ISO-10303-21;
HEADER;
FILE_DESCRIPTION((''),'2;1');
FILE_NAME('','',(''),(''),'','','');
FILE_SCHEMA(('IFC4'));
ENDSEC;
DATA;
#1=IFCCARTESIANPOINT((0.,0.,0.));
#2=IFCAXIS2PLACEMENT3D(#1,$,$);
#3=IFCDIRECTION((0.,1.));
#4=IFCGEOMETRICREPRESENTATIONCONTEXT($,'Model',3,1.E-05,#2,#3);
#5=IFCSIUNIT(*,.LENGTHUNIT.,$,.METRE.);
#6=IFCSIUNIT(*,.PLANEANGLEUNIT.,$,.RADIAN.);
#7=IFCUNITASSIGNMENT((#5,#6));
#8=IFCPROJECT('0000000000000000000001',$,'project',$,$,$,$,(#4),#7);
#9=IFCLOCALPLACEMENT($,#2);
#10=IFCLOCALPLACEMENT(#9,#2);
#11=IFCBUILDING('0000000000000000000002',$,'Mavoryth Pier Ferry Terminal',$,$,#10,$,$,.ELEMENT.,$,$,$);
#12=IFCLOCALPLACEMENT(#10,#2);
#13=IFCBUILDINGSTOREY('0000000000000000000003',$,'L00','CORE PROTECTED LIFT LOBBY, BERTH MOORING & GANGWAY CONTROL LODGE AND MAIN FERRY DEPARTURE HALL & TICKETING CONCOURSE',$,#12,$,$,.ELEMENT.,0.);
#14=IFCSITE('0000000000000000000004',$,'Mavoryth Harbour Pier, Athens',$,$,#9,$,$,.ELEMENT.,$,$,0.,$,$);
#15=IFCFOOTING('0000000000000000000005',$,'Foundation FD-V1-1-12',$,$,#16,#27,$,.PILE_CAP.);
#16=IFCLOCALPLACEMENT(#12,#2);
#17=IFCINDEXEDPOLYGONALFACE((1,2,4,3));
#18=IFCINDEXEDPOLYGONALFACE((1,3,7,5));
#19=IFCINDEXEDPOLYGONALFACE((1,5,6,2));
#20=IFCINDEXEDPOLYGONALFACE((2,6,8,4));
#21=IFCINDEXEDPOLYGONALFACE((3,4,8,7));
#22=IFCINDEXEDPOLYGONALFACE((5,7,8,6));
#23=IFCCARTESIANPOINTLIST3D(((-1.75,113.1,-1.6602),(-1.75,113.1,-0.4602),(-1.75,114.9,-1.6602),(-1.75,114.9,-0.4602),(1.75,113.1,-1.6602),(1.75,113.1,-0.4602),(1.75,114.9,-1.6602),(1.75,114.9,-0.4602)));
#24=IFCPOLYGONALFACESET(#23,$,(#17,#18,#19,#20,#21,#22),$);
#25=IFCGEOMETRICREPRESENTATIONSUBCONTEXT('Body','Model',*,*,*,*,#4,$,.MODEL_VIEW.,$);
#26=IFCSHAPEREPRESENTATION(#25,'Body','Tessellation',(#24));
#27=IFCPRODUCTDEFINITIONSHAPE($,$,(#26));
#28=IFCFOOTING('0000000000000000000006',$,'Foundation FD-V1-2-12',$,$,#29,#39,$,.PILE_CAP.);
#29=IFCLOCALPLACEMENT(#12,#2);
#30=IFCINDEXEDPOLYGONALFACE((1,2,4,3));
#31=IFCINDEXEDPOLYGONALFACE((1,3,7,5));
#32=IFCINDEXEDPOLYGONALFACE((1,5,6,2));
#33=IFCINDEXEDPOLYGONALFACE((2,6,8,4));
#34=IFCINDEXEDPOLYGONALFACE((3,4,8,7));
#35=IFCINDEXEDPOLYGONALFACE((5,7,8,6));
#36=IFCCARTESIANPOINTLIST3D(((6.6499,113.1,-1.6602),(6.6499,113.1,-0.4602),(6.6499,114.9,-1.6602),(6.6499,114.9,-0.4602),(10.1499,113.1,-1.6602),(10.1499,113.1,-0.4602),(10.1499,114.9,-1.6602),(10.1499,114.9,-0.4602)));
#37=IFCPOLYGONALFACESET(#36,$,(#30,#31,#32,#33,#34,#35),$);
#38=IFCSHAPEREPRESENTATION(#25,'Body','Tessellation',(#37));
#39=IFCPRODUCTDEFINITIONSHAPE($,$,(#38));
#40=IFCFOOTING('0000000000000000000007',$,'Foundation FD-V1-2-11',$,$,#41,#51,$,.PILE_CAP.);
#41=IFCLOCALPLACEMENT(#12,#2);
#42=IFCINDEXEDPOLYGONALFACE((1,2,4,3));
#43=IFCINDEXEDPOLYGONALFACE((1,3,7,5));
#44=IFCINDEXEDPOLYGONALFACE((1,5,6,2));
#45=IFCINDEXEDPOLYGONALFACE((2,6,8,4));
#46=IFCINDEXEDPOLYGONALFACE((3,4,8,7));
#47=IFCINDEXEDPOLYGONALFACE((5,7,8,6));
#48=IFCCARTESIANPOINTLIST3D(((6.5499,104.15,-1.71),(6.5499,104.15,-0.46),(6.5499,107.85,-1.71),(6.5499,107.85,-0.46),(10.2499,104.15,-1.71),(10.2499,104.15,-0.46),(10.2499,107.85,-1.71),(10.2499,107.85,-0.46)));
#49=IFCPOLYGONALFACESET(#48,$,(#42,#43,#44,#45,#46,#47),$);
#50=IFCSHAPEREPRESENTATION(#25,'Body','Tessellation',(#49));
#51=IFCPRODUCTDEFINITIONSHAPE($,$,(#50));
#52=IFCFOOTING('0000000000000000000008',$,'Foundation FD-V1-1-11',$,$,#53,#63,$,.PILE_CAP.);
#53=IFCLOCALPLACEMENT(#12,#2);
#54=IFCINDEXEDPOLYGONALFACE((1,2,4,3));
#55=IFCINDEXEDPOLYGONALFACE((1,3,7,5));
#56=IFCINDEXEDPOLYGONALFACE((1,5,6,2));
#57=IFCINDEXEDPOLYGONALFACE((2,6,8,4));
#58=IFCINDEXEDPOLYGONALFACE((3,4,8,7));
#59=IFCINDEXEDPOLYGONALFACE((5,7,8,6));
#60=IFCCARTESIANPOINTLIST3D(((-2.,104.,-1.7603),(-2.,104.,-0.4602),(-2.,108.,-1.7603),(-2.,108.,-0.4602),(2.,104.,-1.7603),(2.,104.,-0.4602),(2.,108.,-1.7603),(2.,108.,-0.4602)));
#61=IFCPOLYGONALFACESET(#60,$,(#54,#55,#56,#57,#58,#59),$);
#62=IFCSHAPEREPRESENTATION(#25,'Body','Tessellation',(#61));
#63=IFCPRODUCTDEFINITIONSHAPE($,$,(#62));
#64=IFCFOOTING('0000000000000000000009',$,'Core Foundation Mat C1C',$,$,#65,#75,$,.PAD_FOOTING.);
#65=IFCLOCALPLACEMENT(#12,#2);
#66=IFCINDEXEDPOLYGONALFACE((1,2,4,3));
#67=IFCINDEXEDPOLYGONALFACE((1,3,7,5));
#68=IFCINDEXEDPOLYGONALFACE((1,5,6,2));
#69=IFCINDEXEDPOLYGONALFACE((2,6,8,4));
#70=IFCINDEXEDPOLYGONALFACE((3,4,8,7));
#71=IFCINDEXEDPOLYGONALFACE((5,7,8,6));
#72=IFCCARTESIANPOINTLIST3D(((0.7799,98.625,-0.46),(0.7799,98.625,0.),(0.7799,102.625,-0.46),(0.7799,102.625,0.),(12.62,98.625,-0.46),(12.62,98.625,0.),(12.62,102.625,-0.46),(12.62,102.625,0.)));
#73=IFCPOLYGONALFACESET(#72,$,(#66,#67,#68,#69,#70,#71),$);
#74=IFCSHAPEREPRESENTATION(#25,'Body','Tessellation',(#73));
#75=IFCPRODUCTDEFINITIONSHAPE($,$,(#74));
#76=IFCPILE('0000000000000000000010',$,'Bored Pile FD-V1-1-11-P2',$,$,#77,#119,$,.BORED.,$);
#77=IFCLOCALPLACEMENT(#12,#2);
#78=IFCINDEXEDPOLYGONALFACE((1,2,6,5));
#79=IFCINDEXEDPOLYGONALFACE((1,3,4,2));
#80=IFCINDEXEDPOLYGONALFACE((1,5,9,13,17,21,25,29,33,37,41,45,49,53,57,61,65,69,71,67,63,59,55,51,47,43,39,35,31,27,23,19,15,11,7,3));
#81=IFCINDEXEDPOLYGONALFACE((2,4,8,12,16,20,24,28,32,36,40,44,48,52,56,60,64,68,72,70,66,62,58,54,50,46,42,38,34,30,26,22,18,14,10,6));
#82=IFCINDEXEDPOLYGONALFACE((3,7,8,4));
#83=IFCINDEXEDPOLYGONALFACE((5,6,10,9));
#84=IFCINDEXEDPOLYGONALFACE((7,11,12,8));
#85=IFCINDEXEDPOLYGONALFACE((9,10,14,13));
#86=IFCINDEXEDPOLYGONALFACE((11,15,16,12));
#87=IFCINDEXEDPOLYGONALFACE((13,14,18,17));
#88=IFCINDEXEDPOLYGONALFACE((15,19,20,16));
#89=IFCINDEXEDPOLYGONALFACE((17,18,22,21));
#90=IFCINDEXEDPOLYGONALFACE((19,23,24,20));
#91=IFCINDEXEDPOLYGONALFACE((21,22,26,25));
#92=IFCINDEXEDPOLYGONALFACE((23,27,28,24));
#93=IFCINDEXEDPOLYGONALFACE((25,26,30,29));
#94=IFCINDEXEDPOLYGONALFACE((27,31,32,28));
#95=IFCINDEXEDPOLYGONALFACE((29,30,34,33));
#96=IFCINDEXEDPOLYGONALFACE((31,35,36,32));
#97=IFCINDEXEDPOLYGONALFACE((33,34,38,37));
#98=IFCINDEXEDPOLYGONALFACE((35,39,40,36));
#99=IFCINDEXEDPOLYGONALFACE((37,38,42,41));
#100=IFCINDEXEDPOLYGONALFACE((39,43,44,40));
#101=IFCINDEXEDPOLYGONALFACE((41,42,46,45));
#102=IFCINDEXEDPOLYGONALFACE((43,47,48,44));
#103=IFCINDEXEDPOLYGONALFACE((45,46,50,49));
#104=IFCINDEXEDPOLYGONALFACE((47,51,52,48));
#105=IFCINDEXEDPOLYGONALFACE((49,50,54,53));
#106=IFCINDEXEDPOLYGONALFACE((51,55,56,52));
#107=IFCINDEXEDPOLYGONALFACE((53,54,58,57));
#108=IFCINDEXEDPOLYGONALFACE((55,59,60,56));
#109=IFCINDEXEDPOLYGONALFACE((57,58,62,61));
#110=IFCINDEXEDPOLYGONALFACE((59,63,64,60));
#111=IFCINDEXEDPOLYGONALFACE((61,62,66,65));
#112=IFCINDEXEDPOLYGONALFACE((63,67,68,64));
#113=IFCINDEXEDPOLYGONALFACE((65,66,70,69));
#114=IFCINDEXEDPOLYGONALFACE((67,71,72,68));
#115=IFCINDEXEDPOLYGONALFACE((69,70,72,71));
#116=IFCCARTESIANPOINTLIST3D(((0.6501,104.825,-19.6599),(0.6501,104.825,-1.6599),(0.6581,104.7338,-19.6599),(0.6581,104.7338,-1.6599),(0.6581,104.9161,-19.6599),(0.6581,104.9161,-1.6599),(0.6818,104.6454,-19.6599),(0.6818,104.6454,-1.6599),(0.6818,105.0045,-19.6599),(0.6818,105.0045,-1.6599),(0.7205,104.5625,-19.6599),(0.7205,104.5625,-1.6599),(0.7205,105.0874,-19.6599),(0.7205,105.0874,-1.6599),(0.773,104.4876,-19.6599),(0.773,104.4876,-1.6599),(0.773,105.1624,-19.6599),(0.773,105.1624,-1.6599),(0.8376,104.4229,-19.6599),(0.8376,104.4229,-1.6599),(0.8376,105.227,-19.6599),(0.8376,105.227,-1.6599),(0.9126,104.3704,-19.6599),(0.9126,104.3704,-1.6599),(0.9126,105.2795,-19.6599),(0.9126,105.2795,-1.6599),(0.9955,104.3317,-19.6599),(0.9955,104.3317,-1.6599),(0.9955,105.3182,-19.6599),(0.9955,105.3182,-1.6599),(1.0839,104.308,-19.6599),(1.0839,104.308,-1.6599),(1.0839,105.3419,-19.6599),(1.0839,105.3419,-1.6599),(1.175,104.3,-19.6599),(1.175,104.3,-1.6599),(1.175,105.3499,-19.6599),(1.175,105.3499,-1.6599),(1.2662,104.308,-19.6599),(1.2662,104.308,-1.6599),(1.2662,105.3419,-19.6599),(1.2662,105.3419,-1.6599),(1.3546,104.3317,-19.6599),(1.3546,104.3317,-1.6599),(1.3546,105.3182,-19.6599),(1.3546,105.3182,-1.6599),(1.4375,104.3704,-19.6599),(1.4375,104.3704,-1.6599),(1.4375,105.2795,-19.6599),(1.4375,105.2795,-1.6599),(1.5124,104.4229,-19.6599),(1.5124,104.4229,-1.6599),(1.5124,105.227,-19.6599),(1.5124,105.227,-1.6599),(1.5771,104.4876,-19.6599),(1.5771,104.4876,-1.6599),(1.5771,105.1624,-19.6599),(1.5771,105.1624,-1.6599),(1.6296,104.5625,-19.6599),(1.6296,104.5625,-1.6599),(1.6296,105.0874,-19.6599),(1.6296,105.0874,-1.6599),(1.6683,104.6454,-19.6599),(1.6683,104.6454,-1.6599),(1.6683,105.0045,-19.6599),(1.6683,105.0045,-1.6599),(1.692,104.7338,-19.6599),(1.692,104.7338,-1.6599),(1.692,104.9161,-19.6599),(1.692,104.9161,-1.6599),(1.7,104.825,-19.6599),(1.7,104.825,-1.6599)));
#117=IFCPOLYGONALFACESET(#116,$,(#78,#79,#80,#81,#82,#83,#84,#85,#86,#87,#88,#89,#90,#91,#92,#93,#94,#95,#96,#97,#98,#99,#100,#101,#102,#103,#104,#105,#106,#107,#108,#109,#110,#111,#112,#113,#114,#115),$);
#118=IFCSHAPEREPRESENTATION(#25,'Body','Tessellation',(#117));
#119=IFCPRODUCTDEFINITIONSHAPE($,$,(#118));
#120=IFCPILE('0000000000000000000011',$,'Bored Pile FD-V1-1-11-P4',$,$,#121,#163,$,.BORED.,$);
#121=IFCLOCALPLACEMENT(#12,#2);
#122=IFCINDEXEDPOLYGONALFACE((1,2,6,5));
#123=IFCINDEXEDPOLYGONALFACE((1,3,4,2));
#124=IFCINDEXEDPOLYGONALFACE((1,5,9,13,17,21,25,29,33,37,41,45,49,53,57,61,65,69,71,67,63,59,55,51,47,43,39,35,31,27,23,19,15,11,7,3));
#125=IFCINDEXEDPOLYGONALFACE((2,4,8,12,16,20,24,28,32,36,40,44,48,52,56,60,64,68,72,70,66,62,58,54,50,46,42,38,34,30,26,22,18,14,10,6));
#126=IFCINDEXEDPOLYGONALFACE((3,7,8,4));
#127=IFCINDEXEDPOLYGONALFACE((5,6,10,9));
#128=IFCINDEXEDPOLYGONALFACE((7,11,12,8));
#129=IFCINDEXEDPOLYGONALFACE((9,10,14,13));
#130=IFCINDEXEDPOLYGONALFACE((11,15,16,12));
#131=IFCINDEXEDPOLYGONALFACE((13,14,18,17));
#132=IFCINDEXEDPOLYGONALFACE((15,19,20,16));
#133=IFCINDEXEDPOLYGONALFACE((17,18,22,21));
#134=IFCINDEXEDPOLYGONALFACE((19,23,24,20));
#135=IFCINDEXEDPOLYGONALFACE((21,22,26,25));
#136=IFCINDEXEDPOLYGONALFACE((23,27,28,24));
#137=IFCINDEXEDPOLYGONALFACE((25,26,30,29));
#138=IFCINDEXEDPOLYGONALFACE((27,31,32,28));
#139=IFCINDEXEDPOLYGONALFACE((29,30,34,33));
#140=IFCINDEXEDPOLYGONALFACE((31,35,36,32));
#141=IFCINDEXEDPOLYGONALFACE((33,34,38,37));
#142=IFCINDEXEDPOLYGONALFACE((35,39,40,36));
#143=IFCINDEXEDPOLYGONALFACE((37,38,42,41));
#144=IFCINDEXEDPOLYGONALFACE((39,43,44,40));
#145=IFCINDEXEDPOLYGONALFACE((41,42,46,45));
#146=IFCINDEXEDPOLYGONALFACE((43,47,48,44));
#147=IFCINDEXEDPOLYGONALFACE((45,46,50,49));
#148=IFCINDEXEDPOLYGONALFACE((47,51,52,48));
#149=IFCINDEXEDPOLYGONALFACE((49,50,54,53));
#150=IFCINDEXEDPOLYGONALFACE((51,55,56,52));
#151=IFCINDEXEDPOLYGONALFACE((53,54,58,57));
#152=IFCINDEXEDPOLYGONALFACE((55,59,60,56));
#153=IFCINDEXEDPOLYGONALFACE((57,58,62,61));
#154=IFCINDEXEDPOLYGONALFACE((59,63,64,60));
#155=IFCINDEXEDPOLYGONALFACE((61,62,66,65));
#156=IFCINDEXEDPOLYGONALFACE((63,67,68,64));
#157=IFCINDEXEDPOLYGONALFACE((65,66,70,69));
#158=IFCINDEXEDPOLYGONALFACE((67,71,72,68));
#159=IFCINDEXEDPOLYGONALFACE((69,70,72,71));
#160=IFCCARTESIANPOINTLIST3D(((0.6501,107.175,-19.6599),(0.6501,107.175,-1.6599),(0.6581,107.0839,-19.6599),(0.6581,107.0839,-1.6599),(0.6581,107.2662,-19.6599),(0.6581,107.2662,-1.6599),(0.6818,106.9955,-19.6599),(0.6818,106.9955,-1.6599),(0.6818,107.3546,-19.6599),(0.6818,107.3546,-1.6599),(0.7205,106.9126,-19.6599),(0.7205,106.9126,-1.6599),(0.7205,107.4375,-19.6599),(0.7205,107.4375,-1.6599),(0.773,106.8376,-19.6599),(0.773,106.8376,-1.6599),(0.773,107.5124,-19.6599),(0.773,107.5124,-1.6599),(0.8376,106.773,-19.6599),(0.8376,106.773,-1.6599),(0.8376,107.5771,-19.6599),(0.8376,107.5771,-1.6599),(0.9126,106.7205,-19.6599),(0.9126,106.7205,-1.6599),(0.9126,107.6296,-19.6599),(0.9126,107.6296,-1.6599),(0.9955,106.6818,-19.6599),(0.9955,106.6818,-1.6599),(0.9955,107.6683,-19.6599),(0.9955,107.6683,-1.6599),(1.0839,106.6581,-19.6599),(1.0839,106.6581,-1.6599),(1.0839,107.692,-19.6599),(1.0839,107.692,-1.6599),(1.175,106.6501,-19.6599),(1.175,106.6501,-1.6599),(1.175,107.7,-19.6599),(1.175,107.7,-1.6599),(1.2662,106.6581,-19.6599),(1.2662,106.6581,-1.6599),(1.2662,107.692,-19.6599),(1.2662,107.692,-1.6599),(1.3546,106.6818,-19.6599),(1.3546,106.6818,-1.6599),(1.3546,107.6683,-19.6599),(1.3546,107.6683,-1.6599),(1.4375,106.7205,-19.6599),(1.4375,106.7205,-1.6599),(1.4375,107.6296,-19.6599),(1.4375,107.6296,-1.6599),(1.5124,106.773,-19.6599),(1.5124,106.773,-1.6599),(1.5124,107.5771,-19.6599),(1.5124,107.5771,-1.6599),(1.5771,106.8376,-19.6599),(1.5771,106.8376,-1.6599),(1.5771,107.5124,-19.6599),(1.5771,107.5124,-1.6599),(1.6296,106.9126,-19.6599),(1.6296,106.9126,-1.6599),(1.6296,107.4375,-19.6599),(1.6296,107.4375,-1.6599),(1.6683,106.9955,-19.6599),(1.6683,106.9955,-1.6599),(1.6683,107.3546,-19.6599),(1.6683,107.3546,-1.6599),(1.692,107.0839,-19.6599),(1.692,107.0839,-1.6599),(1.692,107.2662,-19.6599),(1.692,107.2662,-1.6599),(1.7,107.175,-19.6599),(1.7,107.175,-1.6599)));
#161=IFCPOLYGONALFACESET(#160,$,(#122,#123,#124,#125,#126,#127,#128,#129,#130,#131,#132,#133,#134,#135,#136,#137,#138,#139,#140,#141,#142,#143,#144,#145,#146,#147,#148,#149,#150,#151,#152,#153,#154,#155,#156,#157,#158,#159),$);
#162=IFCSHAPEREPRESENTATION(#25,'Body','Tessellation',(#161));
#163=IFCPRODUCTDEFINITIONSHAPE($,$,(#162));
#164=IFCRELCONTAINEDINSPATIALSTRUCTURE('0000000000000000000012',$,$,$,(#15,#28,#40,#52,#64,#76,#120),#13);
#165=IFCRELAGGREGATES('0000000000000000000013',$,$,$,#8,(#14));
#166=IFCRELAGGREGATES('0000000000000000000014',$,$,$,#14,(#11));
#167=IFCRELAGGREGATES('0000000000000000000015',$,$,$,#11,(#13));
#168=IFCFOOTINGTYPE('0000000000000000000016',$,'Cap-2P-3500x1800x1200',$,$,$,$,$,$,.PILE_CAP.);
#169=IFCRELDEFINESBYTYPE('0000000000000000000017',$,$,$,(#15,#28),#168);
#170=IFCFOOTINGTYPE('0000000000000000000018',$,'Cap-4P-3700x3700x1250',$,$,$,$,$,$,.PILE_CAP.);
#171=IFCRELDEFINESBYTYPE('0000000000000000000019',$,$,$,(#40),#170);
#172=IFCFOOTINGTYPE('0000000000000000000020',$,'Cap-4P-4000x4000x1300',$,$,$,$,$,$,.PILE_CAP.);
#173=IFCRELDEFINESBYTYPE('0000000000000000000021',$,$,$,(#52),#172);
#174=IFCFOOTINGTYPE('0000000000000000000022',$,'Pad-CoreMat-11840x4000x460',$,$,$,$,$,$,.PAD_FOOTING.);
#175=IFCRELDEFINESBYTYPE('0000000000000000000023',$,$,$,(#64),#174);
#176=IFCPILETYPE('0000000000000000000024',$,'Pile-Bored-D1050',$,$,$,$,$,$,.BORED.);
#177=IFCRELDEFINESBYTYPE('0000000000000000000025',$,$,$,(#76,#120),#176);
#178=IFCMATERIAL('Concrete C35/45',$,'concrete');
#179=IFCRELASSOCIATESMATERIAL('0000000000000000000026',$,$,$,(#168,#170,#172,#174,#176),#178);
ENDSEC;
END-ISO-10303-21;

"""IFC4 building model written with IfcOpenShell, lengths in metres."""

from ifc_helpers import new_model, si_unit, direction, frame, origin, origin_2d, place, context, subcontext, project, spatial, rectangle, circle, extrude, material, material_profile, profile_set, type_object, element, save


model = new_model("IFC4")

# Units and contexts
model_context = context("Model", 3, precision=1e-05, world=origin(), true_north=direction((0.0, 1.0)))
body_context = subcontext(model_context, "Body", "Model", "MODEL_VIEW")
ifc_project = project(units=[si_unit("LENGTHUNIT", "METRE"), si_unit("PLANEANGLEUNIT", "RADIAN")], contexts=[model_context])

# Site, building, storey
site_placement = place(None, origin())
site = spatial("IfcSite", under=ifc_project, at=site_placement, Name="Mavoryth Harbour Pier, Athens", CompositionType="ELEMENT", RefElevation=0.0)
building_placement = place(site_placement, origin())
building = spatial("IfcBuilding", under=site, at=building_placement, Name="Mavoryth Pier Ferry Terminal", CompositionType="ELEMENT")
storey_placement = place(building_placement, origin())
storey = spatial("IfcBuildingStorey", under=building, at=storey_placement, Name="L00", Description="CORE PROTECTED LIFT LOBBY, BERTH MOORING & GANGWAY CONTROL LODGE AND MAIN FERRY DEPARTURE HALL & TICKETING CONCOURSE", CompositionType="ELEMENT", Elevation=0.0)

# Footings
ifc_material_1 = material(Name="Concrete C35/45", Category="concrete")
footing_type_1 = type_object("IfcFootingType", Name="Cap-2P-3500x1800x1200", PredefinedType="PILE_CAP", material=ifc_material_1)
for number, where, z_axis, x_axis, name in (
    (1, (0.0, 114.0, -1.6602), (0.0, 0.0, 1.0), (1.0, 0.0, 0.0), "Foundation FD-V1-1-12"),
    (2, (8.3999, 114.0, -1.6602), (0.0, 0.0, 1.0), (1.0, 0.0, 0.0), "Foundation FD-V1-2-12"),
):
    element("IfcFooting", number, at=place(storey_placement, frame(where, z_axis=z_axis, x_axis=x_axis)), inside=storey, type_object=footing_type_1, Name=name, PredefinedType="PILE_CAP", context=body_context, shape_type="SweptSolid", body=[
        extrude(rectangle(XDim=3.5, YDim=1.8, at=origin_2d()), origin(), (0.0, 0.0, 1.0), 1.2),
    ])
footing_type_2 = type_object("IfcFootingType", Name="Cap-4P-3700x3700x1250", PredefinedType="PILE_CAP", material=ifc_material_1)
footing_1_placement = place(storey_placement, frame((8.3999, 106.0, -1.71), z_axis=(0.0, 0.0, 1.0), x_axis=(1.0, 0.0, 0.0)))
element("IfcFooting", 3, at=footing_1_placement, inside=storey, type_object=footing_type_2, Name="Foundation FD-V1-2-11", PredefinedType="PILE_CAP", context=body_context, shape_type="SweptSolid", body=[
    extrude(rectangle(XDim=3.7, YDim=3.7, at=origin_2d()), origin(), (0.0, 0.0, 1.0), 1.25),
])
footing_type_3 = type_object("IfcFootingType", Name="Cap-4P-4000x4000x1300", PredefinedType="PILE_CAP", material=ifc_material_1)
footing_2_placement = place(storey_placement, frame((0.0, 106.0, -1.7603), z_axis=(0.0, 0.0, 1.0), x_axis=(1.0, 0.0, 0.0)))
element("IfcFooting", 4, at=footing_2_placement, inside=storey, type_object=footing_type_3, Name="Foundation FD-V1-1-11", PredefinedType="PILE_CAP", context=body_context, shape_type="SweptSolid", body=[
    extrude(rectangle(XDim=4.0, YDim=4.0, at=origin_2d()), origin(), (0.0, 0.0, 1.0), 1.3),
])
footing_type_4 = type_object("IfcFootingType", Name="Pad-CoreMat-11840x4000x460", PredefinedType="PAD_FOOTING", material=ifc_material_1)
footing_3_placement = place(storey_placement, frame((6.7, 100.625, -0.46), z_axis=(0.0, 0.0, 1.0), x_axis=(1.0, 0.0, 0.0)))
element("IfcFooting", 5, at=footing_3_placement, inside=storey, type_object=footing_type_4, Name="Core Foundation Mat C1C", PredefinedType="PAD_FOOTING", context=body_context, shape_type="SweptSolid", body=[
    extrude(rectangle(XDim=11.8401, YDim=4.0, at=origin_2d()), origin(), (0.0, 0.0, 1.0), 0.46),
])

# Piles
ifc_material_profile_1 = material_profile(ifc_material_1, circle(Radius=0.5249, at=origin_2d()), Name="PILE D1050", Category="concrete")
ifc_profile_set_1 = profile_set([ifc_material_profile_1], Name="Concrete C35/45 - PILE D1050")
pile_type_1 = type_object("IfcPileType", Name="Pile-Bored-D1050", PredefinedType="BORED", material=ifc_profile_set_1)
for number, where, z_axis, x_axis, name in (
    (6, (1.175, 104.825, -1.6599), (0.0, 0.0, -1.0), (1.0, 0.0, 0.0), "Bored Pile FD-V1-1-11-P2"),
    (7, (1.175, 107.175, -1.6599), (0.0, 0.0, -1.0), (1.0, 0.0, 0.0), "Bored Pile FD-V1-1-11-P4"),
):
    element("IfcPile", number, at=place(storey_placement, frame(where, z_axis=z_axis, x_axis=x_axis)), inside=storey, type_object=pile_type_1, Name=name, PredefinedType="BORED", context=body_context, shape_type="SweptSolid", body=[
        extrude(circle(Radius=0.5249, at=origin_2d()), origin(), (0.0, 0.0, 1.0), 18.0),
    ])

save(model, "model.ifc")
